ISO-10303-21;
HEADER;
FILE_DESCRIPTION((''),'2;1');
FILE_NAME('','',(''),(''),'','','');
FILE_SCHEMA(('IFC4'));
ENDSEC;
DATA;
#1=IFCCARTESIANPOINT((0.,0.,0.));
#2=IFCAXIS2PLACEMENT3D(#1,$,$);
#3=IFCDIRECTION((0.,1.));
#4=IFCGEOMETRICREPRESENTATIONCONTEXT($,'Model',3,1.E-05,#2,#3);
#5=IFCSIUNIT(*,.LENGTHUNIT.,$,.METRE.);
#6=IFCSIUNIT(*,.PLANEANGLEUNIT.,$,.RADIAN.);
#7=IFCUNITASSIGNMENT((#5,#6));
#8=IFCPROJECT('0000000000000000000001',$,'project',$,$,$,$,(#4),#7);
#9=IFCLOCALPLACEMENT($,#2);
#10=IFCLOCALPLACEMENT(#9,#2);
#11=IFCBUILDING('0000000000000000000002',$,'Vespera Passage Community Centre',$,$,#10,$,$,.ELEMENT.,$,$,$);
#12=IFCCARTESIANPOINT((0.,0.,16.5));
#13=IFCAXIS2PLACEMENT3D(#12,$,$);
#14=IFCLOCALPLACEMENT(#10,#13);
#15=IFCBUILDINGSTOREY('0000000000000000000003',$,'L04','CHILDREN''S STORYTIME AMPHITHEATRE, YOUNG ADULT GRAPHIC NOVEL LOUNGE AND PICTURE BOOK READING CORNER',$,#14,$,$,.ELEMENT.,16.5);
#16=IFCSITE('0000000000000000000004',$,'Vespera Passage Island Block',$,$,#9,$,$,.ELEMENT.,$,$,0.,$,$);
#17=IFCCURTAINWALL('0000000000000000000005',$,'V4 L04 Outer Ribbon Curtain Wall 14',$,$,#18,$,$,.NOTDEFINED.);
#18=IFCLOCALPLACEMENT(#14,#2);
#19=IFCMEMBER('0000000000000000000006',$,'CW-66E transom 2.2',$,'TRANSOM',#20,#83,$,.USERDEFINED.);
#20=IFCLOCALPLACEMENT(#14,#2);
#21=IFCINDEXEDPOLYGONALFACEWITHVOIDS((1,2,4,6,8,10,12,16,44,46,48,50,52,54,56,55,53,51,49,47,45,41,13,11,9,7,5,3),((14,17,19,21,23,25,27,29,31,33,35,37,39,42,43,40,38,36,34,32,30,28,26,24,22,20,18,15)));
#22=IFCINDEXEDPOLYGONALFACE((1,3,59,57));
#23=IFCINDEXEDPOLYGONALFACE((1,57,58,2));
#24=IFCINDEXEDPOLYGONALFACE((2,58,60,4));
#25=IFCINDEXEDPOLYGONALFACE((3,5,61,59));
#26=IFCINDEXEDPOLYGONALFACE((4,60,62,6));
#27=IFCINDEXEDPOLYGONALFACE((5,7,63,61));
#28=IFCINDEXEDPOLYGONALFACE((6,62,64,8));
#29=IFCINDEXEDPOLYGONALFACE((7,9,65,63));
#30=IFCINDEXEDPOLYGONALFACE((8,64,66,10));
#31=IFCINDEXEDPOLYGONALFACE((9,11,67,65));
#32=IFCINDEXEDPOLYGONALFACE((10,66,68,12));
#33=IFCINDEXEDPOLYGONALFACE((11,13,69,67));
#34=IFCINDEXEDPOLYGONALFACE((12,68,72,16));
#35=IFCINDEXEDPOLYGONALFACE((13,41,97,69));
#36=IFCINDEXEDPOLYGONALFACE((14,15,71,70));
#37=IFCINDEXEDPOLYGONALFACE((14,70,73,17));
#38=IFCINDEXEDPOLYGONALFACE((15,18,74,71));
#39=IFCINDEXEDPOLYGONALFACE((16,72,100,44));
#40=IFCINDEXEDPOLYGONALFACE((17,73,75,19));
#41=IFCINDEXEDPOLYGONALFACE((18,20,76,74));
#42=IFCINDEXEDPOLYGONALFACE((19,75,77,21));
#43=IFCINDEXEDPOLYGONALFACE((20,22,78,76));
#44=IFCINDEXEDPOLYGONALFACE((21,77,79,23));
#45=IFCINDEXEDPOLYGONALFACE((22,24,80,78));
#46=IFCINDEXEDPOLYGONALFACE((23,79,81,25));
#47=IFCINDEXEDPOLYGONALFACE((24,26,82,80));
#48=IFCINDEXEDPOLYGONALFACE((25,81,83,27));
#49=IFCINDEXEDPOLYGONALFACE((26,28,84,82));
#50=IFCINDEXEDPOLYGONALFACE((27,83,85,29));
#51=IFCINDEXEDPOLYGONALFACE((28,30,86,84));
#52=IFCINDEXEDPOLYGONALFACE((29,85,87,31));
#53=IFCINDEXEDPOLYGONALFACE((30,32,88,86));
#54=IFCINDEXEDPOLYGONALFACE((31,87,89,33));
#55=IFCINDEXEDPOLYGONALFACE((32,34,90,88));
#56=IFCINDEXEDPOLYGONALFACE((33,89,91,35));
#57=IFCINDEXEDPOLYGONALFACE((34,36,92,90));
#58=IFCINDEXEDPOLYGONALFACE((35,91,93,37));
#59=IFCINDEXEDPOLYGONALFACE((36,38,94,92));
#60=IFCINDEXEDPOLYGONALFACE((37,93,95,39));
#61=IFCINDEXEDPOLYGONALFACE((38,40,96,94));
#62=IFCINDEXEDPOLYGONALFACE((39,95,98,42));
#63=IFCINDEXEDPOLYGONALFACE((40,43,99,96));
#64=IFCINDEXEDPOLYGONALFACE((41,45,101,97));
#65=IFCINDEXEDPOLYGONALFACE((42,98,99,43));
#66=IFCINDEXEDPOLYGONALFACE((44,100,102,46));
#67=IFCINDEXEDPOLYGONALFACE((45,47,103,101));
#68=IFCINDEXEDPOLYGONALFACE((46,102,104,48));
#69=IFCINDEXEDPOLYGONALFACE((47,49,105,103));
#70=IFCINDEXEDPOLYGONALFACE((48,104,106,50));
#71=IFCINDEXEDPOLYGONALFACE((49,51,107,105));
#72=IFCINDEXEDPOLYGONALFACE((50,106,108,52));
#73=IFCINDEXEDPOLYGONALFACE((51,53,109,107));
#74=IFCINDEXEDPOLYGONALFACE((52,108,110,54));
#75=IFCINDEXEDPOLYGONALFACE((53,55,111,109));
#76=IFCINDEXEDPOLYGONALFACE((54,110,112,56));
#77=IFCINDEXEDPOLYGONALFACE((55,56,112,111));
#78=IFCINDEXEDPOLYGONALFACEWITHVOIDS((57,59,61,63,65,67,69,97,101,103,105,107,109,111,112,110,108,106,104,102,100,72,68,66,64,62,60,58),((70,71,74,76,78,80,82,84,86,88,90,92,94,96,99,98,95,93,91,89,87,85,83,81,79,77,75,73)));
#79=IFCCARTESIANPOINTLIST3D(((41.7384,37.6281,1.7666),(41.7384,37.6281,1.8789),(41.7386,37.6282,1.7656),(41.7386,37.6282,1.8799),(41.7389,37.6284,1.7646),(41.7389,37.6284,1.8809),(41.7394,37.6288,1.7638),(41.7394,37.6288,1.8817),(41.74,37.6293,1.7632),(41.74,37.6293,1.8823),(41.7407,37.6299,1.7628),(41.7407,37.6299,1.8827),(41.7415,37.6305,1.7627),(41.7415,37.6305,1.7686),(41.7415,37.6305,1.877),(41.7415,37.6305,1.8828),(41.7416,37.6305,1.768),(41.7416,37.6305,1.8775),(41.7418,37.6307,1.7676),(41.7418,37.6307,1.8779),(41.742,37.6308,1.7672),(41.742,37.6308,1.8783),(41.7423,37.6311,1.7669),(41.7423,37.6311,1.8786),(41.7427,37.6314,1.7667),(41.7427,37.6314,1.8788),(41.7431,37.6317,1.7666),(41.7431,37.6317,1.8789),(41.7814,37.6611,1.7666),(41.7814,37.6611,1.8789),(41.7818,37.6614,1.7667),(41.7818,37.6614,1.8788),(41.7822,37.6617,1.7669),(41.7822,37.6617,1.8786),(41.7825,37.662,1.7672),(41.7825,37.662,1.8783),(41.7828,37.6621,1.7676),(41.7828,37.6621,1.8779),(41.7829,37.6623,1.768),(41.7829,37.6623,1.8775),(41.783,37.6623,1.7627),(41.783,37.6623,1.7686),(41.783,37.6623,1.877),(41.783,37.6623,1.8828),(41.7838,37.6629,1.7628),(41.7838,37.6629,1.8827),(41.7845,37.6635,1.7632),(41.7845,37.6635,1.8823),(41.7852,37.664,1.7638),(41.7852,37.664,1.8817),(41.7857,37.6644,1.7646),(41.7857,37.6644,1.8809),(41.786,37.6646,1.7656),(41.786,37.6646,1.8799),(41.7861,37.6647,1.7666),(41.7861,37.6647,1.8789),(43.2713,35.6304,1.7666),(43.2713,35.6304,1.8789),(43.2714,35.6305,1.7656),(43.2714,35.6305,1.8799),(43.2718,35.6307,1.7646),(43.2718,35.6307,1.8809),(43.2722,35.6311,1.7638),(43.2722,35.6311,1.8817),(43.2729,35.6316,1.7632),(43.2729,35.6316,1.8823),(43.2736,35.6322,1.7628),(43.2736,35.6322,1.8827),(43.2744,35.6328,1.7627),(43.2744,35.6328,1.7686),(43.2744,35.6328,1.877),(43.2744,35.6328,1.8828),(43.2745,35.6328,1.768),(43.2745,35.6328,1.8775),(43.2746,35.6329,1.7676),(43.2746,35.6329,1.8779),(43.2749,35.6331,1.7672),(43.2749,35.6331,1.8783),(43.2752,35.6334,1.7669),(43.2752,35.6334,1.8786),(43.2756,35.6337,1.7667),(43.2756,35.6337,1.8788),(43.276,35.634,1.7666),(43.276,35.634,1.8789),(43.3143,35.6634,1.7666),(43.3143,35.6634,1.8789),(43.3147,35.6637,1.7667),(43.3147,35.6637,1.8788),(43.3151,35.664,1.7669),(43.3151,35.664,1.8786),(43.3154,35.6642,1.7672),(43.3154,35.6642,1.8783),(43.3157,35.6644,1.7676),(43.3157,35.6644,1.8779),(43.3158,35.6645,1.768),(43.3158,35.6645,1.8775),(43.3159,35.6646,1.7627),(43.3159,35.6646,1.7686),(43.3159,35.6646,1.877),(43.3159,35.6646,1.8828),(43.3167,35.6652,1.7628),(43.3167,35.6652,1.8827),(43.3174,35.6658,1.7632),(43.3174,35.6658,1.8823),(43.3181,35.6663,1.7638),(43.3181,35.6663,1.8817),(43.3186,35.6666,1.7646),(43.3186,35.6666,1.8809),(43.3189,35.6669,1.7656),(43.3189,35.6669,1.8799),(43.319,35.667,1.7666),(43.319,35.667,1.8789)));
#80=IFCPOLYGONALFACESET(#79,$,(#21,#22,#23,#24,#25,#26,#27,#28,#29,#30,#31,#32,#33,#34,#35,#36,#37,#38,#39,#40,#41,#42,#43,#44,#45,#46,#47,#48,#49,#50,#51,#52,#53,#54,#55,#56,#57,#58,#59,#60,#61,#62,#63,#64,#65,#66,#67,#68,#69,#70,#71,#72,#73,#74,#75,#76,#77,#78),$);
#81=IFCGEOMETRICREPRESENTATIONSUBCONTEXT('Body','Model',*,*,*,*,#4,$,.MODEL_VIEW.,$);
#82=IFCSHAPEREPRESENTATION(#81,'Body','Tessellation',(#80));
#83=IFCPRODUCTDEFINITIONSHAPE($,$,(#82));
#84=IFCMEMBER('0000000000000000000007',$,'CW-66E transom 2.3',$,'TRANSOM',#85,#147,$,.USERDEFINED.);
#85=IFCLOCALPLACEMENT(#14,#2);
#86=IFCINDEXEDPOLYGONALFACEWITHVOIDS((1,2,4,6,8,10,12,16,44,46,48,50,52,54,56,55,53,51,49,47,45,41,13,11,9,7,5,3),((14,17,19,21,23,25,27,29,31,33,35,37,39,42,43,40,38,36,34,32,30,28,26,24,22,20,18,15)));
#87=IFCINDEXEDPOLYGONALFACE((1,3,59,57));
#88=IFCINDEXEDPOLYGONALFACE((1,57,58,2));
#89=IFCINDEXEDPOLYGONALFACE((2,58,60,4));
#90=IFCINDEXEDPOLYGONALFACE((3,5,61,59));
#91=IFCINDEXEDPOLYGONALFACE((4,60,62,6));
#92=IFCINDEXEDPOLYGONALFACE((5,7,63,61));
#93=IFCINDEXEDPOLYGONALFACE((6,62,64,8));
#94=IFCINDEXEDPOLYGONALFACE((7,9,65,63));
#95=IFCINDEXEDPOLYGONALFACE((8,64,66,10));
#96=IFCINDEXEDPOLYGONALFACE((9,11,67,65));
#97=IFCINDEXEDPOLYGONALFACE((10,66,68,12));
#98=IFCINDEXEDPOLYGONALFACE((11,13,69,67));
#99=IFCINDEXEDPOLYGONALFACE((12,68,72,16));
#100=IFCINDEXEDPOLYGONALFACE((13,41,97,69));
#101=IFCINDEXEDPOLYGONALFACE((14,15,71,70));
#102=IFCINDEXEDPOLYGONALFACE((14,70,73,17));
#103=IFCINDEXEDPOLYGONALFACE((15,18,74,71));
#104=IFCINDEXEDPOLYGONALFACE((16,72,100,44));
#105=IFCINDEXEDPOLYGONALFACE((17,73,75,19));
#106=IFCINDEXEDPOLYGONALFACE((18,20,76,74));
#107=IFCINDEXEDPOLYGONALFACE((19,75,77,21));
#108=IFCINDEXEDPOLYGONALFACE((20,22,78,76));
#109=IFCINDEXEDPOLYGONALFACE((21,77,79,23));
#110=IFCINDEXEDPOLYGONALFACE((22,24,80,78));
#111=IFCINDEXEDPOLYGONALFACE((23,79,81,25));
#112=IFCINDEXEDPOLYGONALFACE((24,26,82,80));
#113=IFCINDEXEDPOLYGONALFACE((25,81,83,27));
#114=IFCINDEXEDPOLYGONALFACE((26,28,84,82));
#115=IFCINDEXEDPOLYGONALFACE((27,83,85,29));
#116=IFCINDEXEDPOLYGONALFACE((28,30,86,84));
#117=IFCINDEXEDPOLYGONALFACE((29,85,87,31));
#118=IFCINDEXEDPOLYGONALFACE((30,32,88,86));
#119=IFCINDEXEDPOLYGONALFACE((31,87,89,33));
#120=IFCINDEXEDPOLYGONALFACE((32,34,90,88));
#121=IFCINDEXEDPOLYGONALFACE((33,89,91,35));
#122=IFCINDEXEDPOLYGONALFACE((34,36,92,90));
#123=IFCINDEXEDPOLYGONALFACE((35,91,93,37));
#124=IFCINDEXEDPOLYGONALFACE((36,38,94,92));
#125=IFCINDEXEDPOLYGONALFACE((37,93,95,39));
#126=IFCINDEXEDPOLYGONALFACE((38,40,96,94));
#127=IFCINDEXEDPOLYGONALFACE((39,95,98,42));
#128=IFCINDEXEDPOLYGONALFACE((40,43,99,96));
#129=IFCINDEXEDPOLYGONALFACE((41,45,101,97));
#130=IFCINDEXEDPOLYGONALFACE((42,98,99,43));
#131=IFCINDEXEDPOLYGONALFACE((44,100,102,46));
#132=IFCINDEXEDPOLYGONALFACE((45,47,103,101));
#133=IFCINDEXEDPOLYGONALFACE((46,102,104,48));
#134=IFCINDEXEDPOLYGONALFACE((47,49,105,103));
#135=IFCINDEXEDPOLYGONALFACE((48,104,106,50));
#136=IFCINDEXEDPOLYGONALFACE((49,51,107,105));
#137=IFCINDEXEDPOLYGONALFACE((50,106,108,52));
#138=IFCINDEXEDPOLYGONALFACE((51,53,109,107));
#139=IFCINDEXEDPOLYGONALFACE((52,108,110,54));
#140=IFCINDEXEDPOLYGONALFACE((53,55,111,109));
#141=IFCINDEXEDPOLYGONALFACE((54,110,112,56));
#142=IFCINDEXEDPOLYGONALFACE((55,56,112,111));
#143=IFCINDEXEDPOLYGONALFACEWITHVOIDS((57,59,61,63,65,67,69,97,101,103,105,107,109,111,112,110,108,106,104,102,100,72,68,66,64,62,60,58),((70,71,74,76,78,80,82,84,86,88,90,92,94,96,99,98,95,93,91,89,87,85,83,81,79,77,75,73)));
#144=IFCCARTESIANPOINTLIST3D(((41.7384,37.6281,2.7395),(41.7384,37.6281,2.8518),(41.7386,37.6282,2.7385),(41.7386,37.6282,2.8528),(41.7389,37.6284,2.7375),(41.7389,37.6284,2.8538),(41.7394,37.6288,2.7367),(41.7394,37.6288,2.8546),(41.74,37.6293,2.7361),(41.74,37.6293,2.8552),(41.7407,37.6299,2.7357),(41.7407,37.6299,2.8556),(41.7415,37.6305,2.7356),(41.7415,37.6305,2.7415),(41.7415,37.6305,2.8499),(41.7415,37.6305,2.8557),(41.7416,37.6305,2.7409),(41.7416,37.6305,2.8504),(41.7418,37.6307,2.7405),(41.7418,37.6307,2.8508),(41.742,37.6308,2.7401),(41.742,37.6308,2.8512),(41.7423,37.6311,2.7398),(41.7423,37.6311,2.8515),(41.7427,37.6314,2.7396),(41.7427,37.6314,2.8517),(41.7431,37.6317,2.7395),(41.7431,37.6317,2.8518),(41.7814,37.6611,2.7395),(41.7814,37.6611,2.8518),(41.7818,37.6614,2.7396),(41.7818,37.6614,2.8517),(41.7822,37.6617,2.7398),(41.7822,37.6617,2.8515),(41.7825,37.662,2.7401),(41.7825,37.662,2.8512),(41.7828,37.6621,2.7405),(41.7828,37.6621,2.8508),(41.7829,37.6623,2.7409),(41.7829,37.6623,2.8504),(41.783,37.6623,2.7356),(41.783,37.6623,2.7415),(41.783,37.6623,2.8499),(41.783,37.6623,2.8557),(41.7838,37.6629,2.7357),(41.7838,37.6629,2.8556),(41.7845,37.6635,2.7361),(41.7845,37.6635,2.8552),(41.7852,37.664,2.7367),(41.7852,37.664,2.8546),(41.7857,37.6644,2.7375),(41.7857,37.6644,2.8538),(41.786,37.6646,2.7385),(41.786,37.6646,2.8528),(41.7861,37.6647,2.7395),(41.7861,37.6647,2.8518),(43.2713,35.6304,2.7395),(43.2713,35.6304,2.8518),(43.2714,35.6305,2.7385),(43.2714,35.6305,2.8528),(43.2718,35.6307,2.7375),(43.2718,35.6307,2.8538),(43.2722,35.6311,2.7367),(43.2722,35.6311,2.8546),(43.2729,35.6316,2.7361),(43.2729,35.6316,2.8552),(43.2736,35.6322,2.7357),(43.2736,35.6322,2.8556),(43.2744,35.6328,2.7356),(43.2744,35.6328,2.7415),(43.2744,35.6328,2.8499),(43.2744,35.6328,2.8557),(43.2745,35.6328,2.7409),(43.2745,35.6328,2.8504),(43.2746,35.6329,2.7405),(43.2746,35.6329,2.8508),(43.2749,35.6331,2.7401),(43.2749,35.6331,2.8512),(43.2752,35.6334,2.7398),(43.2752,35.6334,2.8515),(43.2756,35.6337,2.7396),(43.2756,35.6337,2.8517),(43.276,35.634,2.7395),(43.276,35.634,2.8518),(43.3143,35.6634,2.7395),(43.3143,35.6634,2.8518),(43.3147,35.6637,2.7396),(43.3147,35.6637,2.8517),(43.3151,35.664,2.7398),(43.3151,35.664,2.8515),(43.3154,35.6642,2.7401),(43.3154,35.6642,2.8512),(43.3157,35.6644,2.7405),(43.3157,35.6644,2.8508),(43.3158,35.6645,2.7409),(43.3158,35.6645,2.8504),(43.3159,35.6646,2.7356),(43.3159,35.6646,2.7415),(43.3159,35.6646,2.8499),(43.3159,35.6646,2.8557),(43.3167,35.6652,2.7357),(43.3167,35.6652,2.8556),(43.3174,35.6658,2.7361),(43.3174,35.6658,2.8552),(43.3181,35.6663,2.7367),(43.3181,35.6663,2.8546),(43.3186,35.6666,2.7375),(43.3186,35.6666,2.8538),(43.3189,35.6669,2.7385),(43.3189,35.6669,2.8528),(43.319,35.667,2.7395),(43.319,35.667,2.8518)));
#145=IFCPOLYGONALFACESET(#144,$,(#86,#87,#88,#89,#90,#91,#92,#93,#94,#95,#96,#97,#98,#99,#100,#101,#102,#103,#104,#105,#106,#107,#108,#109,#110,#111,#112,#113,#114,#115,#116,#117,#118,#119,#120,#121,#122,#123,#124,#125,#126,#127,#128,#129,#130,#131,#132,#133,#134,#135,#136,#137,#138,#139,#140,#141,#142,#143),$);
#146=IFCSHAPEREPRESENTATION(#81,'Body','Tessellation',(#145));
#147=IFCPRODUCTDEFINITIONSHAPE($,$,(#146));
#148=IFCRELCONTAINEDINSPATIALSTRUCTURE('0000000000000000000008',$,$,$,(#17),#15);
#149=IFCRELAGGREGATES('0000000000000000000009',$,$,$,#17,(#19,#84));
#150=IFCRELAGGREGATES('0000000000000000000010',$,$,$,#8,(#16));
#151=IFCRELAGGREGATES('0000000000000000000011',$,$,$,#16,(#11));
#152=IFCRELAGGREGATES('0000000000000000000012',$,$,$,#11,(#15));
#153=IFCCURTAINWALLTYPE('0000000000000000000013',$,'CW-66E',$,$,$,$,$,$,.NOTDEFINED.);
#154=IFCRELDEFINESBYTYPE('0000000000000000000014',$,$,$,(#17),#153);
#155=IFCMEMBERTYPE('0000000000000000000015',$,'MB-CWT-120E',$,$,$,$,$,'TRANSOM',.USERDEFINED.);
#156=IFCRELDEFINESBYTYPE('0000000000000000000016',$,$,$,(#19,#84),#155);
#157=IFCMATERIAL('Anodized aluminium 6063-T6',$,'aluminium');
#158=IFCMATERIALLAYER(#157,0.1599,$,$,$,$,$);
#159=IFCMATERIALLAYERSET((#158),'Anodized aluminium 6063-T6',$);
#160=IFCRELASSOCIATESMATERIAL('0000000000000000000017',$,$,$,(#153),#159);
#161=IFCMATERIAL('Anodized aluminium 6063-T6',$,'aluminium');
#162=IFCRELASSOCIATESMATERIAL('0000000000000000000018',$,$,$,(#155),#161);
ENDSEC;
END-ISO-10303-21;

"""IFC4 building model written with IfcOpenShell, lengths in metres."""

from ifc_helpers import new_model, si_unit, direction, frame, origin, origin_2d, place, context, subcontext, project, spatial, hollow_rectangle, extrude, material, layer, layer_set, material_profile, profile_set, type_object, element, aggregate, save


model = new_model("IFC4")

# Units and contexts
model_context = context("Model", 3, precision=1e-05, world=origin(), true_north=direction((0.0, 1.0)))
body_context = subcontext(model_context, "Body", "Model", "MODEL_VIEW")
ifc_project = project(units=[si_unit("LENGTHUNIT", "METRE"), si_unit("PLANEANGLEUNIT", "RADIAN")], contexts=[model_context])

# Site, building, storey
site_placement = place(None, origin())
site = spatial("IfcSite", under=ifc_project, at=site_placement, Name="Vespera Passage Island Block", CompositionType="ELEMENT", RefElevation=0.0)
building_placement = place(site_placement, origin())
building = spatial("IfcBuilding", under=site, at=building_placement, Name="Vespera Passage Community Centre", CompositionType="ELEMENT")
storey_placement = place(building_placement, frame((0.0, 0.0, 16.5)))
storey = spatial("IfcBuildingStorey", under=building, at=storey_placement, Name="L04", Description="CHILDREN'S STORYTIME AMPHITHEATRE, YOUNG ADULT GRAPHIC NOVEL LOUNGE AND PICTURE BOOK READING CORNER", CompositionType="ELEMENT", Elevation=16.5)

# Curtain wall, members
ifc_material_1 = material(Name="Anodized aluminium 6063-T6", Category="aluminium")
ifc_layer_1 = layer(ifc_material_1, 0.1599)
ifc_layer_set_1 = layer_set([ifc_layer_1], Name="Anodized aluminium 6063-T6")
curtain_wall_type = type_object("IfcCurtainWallType", Name="CW-66E", PredefinedType="NOTDEFINED", material=ifc_layer_set_1)
curtain_wall_placement = place(storey_placement, origin())
curtain_wall = element("IfcCurtainWall", 1, at=curtain_wall_placement, inside=storey, type_object=curtain_wall_type, Name="V4 L04 Outer Ribbon Curtain Wall 14", PredefinedType="NOTDEFINED")
ifc_material_2 = material(Name="Anodized aluminium 6063-T6", Category="aluminium")
ifc_material_profile_1 = material_profile(ifc_material_2, hollow_rectangle(XDim=0.0601, YDim=0.1201, WallThickness=0.0039, InnerFilletRadius=0.002, OuterFilletRadius=0.0039, at=origin_2d()), Name="ALU120X60X4")
ifc_profile_set_1 = profile_set([ifc_material_profile_1], Name="Anodized aluminium 6063-T6")
member_type_1 = type_object("IfcMemberType", Name="MB-CWT-120E", ElementType="TRANSOM", PredefinedType="USERDEFINED", material=ifc_profile_set_1)
member_1_placement = place(storey_placement, frame((43.2952, 35.6487, 1.8228), z_axis=(-0.608759, 0.793355, 0.0), x_axis=(-0.793355, -0.608759, 0.0)))
member_1 = element("IfcMember", 2, at=member_1_placement, type_object=member_type_1, Name="CW-66E transom 2.2", ObjectType="TRANSOM", PredefinedType="USERDEFINED", context=body_context, shape_type="SweptSolid", body=[
    extrude(hollow_rectangle(XDim=0.0601, YDim=0.1201, WallThickness=0.0039, InnerFilletRadius=0.002, OuterFilletRadius=0.0039, at=origin_2d()), origin(), (0.0, 0.0, 1.0), 2.5181),
])
member_2_placement = place(storey_placement, frame((43.2952, 35.6487, 2.7957), z_axis=(-0.608759, 0.793355, 0.0), x_axis=(-0.793355, -0.608759, 0.0)))
member_2 = element("IfcMember", 3, at=member_2_placement, type_object=member_type_1, Name="CW-66E transom 2.3", ObjectType="TRANSOM", PredefinedType="USERDEFINED", context=body_context, shape_type="SweptSolid", body=[
    extrude(hollow_rectangle(XDim=0.0601, YDim=0.1201, WallThickness=0.0039, InnerFilletRadius=0.002, OuterFilletRadius=0.0039, at=origin_2d()), origin(), (0.0, 0.0, 1.0), 2.5181),
])
aggregate(curtain_wall, [member_1, member_2])

save(model, "model.ifc")
